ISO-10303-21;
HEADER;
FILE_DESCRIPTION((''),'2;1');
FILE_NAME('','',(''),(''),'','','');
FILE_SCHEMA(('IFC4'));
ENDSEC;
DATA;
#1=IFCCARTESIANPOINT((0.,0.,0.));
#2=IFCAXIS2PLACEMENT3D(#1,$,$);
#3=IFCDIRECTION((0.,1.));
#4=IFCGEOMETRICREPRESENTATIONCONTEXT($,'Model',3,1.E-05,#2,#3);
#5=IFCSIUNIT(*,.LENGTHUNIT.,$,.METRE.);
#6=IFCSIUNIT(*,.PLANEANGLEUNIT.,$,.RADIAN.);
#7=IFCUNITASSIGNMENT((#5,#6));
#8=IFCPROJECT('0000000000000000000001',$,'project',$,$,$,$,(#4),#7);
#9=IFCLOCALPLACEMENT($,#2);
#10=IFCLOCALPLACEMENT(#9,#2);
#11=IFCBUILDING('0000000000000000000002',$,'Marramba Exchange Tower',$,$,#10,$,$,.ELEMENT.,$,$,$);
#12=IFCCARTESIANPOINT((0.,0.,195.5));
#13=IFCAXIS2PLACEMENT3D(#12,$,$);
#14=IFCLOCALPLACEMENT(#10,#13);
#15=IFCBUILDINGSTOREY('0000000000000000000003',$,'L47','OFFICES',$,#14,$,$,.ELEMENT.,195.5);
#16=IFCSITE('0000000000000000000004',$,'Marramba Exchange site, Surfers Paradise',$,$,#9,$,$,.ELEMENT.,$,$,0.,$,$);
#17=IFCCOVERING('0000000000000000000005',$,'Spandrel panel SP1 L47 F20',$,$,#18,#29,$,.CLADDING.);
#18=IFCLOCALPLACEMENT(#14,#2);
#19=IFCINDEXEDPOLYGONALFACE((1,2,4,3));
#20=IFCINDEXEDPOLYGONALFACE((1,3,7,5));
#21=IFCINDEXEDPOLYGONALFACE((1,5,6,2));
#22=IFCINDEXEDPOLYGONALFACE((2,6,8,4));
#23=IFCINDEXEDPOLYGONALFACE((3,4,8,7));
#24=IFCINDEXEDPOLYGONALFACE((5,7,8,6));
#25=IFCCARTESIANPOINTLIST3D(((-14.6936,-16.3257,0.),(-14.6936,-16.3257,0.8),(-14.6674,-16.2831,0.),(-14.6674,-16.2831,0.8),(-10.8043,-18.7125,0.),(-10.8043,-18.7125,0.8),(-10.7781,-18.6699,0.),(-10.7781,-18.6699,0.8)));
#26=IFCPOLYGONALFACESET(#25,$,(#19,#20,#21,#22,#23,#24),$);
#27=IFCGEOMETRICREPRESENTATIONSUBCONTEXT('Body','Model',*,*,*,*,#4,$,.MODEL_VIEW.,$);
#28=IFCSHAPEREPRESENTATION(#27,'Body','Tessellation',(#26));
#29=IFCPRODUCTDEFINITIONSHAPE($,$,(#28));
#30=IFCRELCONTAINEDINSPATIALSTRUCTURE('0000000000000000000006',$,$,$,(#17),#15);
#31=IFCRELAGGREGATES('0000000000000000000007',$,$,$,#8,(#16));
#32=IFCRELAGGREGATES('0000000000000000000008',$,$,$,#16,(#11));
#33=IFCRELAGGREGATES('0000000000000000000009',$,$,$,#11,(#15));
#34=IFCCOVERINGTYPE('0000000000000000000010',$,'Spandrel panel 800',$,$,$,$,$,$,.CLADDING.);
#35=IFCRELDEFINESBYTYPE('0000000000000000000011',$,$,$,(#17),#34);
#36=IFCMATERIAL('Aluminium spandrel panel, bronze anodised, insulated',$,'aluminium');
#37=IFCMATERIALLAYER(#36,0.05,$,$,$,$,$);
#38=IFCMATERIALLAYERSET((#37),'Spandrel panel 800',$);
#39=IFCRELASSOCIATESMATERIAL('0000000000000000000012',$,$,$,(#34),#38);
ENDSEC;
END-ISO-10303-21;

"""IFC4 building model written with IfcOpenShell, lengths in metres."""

from ifc_helpers import new_model, si_unit, direction, frame, origin, origin_2d, place, context, subcontext, project, spatial, rectangle, extrude, material, layer, layer_set, type_object, element, save


model = new_model("IFC4")

# Units and contexts
model_context = context("Model", 3, precision=1e-05, world=origin(), true_north=direction((0.0, 1.0)))
body_context = subcontext(model_context, "Body", "Model", "MODEL_VIEW")
ifc_project = project(units=[si_unit("LENGTHUNIT", "METRE"), si_unit("PLANEANGLEUNIT", "RADIAN")], contexts=[model_context])

# Site, building, storey
site_placement = place(None, origin())
site = spatial("IfcSite", under=ifc_project, at=site_placement, Name="Marramba Exchange site, Surfers Paradise", CompositionType="ELEMENT", RefElevation=0.0)
building_placement = place(site_placement, origin())
building = spatial("IfcBuilding", under=site, at=building_placement, Name="Marramba Exchange Tower", CompositionType="ELEMENT")
storey_placement = place(building_placement, frame((0.0, 0.0, 195.5)))
storey = spatial("IfcBuildingStorey", under=building, at=storey_placement, Name="L47", Description="OFFICES", CompositionType="ELEMENT", Elevation=195.5)

# Covering
ifc_material_1 = material(Name="Aluminium spandrel panel, bronze anodised, insulated", Category="aluminium")
ifc_layer_1 = layer(ifc_material_1, 0.05)
ifc_layer_set_1 = layer_set([ifc_layer_1], Name="Spandrel panel 800")
covering_type = type_object("IfcCoveringType", Name="Spandrel panel 800", PredefinedType="CLADDING", material=ifc_layer_set_1)
covering_placement = place(storey_placement, frame((-12.7358, -17.4978, 0.0), z_axis=(0.0, 0.0, 1.0), x_axis=(0.852301, -0.523052, 0.0)))
element("IfcCovering", 1, at=covering_placement, inside=storey, type_object=covering_type, Name="Spandrel panel SP1 L47 F20", PredefinedType="CLADDING", context=body_context, shape_type="SweptSolid", body=[
    extrude(rectangle(XDim=4.5632, YDim=0.05, at=origin_2d()), origin(), (0.0, 0.0, 1.0), 0.8),
])

save(model, "model.ifc")
